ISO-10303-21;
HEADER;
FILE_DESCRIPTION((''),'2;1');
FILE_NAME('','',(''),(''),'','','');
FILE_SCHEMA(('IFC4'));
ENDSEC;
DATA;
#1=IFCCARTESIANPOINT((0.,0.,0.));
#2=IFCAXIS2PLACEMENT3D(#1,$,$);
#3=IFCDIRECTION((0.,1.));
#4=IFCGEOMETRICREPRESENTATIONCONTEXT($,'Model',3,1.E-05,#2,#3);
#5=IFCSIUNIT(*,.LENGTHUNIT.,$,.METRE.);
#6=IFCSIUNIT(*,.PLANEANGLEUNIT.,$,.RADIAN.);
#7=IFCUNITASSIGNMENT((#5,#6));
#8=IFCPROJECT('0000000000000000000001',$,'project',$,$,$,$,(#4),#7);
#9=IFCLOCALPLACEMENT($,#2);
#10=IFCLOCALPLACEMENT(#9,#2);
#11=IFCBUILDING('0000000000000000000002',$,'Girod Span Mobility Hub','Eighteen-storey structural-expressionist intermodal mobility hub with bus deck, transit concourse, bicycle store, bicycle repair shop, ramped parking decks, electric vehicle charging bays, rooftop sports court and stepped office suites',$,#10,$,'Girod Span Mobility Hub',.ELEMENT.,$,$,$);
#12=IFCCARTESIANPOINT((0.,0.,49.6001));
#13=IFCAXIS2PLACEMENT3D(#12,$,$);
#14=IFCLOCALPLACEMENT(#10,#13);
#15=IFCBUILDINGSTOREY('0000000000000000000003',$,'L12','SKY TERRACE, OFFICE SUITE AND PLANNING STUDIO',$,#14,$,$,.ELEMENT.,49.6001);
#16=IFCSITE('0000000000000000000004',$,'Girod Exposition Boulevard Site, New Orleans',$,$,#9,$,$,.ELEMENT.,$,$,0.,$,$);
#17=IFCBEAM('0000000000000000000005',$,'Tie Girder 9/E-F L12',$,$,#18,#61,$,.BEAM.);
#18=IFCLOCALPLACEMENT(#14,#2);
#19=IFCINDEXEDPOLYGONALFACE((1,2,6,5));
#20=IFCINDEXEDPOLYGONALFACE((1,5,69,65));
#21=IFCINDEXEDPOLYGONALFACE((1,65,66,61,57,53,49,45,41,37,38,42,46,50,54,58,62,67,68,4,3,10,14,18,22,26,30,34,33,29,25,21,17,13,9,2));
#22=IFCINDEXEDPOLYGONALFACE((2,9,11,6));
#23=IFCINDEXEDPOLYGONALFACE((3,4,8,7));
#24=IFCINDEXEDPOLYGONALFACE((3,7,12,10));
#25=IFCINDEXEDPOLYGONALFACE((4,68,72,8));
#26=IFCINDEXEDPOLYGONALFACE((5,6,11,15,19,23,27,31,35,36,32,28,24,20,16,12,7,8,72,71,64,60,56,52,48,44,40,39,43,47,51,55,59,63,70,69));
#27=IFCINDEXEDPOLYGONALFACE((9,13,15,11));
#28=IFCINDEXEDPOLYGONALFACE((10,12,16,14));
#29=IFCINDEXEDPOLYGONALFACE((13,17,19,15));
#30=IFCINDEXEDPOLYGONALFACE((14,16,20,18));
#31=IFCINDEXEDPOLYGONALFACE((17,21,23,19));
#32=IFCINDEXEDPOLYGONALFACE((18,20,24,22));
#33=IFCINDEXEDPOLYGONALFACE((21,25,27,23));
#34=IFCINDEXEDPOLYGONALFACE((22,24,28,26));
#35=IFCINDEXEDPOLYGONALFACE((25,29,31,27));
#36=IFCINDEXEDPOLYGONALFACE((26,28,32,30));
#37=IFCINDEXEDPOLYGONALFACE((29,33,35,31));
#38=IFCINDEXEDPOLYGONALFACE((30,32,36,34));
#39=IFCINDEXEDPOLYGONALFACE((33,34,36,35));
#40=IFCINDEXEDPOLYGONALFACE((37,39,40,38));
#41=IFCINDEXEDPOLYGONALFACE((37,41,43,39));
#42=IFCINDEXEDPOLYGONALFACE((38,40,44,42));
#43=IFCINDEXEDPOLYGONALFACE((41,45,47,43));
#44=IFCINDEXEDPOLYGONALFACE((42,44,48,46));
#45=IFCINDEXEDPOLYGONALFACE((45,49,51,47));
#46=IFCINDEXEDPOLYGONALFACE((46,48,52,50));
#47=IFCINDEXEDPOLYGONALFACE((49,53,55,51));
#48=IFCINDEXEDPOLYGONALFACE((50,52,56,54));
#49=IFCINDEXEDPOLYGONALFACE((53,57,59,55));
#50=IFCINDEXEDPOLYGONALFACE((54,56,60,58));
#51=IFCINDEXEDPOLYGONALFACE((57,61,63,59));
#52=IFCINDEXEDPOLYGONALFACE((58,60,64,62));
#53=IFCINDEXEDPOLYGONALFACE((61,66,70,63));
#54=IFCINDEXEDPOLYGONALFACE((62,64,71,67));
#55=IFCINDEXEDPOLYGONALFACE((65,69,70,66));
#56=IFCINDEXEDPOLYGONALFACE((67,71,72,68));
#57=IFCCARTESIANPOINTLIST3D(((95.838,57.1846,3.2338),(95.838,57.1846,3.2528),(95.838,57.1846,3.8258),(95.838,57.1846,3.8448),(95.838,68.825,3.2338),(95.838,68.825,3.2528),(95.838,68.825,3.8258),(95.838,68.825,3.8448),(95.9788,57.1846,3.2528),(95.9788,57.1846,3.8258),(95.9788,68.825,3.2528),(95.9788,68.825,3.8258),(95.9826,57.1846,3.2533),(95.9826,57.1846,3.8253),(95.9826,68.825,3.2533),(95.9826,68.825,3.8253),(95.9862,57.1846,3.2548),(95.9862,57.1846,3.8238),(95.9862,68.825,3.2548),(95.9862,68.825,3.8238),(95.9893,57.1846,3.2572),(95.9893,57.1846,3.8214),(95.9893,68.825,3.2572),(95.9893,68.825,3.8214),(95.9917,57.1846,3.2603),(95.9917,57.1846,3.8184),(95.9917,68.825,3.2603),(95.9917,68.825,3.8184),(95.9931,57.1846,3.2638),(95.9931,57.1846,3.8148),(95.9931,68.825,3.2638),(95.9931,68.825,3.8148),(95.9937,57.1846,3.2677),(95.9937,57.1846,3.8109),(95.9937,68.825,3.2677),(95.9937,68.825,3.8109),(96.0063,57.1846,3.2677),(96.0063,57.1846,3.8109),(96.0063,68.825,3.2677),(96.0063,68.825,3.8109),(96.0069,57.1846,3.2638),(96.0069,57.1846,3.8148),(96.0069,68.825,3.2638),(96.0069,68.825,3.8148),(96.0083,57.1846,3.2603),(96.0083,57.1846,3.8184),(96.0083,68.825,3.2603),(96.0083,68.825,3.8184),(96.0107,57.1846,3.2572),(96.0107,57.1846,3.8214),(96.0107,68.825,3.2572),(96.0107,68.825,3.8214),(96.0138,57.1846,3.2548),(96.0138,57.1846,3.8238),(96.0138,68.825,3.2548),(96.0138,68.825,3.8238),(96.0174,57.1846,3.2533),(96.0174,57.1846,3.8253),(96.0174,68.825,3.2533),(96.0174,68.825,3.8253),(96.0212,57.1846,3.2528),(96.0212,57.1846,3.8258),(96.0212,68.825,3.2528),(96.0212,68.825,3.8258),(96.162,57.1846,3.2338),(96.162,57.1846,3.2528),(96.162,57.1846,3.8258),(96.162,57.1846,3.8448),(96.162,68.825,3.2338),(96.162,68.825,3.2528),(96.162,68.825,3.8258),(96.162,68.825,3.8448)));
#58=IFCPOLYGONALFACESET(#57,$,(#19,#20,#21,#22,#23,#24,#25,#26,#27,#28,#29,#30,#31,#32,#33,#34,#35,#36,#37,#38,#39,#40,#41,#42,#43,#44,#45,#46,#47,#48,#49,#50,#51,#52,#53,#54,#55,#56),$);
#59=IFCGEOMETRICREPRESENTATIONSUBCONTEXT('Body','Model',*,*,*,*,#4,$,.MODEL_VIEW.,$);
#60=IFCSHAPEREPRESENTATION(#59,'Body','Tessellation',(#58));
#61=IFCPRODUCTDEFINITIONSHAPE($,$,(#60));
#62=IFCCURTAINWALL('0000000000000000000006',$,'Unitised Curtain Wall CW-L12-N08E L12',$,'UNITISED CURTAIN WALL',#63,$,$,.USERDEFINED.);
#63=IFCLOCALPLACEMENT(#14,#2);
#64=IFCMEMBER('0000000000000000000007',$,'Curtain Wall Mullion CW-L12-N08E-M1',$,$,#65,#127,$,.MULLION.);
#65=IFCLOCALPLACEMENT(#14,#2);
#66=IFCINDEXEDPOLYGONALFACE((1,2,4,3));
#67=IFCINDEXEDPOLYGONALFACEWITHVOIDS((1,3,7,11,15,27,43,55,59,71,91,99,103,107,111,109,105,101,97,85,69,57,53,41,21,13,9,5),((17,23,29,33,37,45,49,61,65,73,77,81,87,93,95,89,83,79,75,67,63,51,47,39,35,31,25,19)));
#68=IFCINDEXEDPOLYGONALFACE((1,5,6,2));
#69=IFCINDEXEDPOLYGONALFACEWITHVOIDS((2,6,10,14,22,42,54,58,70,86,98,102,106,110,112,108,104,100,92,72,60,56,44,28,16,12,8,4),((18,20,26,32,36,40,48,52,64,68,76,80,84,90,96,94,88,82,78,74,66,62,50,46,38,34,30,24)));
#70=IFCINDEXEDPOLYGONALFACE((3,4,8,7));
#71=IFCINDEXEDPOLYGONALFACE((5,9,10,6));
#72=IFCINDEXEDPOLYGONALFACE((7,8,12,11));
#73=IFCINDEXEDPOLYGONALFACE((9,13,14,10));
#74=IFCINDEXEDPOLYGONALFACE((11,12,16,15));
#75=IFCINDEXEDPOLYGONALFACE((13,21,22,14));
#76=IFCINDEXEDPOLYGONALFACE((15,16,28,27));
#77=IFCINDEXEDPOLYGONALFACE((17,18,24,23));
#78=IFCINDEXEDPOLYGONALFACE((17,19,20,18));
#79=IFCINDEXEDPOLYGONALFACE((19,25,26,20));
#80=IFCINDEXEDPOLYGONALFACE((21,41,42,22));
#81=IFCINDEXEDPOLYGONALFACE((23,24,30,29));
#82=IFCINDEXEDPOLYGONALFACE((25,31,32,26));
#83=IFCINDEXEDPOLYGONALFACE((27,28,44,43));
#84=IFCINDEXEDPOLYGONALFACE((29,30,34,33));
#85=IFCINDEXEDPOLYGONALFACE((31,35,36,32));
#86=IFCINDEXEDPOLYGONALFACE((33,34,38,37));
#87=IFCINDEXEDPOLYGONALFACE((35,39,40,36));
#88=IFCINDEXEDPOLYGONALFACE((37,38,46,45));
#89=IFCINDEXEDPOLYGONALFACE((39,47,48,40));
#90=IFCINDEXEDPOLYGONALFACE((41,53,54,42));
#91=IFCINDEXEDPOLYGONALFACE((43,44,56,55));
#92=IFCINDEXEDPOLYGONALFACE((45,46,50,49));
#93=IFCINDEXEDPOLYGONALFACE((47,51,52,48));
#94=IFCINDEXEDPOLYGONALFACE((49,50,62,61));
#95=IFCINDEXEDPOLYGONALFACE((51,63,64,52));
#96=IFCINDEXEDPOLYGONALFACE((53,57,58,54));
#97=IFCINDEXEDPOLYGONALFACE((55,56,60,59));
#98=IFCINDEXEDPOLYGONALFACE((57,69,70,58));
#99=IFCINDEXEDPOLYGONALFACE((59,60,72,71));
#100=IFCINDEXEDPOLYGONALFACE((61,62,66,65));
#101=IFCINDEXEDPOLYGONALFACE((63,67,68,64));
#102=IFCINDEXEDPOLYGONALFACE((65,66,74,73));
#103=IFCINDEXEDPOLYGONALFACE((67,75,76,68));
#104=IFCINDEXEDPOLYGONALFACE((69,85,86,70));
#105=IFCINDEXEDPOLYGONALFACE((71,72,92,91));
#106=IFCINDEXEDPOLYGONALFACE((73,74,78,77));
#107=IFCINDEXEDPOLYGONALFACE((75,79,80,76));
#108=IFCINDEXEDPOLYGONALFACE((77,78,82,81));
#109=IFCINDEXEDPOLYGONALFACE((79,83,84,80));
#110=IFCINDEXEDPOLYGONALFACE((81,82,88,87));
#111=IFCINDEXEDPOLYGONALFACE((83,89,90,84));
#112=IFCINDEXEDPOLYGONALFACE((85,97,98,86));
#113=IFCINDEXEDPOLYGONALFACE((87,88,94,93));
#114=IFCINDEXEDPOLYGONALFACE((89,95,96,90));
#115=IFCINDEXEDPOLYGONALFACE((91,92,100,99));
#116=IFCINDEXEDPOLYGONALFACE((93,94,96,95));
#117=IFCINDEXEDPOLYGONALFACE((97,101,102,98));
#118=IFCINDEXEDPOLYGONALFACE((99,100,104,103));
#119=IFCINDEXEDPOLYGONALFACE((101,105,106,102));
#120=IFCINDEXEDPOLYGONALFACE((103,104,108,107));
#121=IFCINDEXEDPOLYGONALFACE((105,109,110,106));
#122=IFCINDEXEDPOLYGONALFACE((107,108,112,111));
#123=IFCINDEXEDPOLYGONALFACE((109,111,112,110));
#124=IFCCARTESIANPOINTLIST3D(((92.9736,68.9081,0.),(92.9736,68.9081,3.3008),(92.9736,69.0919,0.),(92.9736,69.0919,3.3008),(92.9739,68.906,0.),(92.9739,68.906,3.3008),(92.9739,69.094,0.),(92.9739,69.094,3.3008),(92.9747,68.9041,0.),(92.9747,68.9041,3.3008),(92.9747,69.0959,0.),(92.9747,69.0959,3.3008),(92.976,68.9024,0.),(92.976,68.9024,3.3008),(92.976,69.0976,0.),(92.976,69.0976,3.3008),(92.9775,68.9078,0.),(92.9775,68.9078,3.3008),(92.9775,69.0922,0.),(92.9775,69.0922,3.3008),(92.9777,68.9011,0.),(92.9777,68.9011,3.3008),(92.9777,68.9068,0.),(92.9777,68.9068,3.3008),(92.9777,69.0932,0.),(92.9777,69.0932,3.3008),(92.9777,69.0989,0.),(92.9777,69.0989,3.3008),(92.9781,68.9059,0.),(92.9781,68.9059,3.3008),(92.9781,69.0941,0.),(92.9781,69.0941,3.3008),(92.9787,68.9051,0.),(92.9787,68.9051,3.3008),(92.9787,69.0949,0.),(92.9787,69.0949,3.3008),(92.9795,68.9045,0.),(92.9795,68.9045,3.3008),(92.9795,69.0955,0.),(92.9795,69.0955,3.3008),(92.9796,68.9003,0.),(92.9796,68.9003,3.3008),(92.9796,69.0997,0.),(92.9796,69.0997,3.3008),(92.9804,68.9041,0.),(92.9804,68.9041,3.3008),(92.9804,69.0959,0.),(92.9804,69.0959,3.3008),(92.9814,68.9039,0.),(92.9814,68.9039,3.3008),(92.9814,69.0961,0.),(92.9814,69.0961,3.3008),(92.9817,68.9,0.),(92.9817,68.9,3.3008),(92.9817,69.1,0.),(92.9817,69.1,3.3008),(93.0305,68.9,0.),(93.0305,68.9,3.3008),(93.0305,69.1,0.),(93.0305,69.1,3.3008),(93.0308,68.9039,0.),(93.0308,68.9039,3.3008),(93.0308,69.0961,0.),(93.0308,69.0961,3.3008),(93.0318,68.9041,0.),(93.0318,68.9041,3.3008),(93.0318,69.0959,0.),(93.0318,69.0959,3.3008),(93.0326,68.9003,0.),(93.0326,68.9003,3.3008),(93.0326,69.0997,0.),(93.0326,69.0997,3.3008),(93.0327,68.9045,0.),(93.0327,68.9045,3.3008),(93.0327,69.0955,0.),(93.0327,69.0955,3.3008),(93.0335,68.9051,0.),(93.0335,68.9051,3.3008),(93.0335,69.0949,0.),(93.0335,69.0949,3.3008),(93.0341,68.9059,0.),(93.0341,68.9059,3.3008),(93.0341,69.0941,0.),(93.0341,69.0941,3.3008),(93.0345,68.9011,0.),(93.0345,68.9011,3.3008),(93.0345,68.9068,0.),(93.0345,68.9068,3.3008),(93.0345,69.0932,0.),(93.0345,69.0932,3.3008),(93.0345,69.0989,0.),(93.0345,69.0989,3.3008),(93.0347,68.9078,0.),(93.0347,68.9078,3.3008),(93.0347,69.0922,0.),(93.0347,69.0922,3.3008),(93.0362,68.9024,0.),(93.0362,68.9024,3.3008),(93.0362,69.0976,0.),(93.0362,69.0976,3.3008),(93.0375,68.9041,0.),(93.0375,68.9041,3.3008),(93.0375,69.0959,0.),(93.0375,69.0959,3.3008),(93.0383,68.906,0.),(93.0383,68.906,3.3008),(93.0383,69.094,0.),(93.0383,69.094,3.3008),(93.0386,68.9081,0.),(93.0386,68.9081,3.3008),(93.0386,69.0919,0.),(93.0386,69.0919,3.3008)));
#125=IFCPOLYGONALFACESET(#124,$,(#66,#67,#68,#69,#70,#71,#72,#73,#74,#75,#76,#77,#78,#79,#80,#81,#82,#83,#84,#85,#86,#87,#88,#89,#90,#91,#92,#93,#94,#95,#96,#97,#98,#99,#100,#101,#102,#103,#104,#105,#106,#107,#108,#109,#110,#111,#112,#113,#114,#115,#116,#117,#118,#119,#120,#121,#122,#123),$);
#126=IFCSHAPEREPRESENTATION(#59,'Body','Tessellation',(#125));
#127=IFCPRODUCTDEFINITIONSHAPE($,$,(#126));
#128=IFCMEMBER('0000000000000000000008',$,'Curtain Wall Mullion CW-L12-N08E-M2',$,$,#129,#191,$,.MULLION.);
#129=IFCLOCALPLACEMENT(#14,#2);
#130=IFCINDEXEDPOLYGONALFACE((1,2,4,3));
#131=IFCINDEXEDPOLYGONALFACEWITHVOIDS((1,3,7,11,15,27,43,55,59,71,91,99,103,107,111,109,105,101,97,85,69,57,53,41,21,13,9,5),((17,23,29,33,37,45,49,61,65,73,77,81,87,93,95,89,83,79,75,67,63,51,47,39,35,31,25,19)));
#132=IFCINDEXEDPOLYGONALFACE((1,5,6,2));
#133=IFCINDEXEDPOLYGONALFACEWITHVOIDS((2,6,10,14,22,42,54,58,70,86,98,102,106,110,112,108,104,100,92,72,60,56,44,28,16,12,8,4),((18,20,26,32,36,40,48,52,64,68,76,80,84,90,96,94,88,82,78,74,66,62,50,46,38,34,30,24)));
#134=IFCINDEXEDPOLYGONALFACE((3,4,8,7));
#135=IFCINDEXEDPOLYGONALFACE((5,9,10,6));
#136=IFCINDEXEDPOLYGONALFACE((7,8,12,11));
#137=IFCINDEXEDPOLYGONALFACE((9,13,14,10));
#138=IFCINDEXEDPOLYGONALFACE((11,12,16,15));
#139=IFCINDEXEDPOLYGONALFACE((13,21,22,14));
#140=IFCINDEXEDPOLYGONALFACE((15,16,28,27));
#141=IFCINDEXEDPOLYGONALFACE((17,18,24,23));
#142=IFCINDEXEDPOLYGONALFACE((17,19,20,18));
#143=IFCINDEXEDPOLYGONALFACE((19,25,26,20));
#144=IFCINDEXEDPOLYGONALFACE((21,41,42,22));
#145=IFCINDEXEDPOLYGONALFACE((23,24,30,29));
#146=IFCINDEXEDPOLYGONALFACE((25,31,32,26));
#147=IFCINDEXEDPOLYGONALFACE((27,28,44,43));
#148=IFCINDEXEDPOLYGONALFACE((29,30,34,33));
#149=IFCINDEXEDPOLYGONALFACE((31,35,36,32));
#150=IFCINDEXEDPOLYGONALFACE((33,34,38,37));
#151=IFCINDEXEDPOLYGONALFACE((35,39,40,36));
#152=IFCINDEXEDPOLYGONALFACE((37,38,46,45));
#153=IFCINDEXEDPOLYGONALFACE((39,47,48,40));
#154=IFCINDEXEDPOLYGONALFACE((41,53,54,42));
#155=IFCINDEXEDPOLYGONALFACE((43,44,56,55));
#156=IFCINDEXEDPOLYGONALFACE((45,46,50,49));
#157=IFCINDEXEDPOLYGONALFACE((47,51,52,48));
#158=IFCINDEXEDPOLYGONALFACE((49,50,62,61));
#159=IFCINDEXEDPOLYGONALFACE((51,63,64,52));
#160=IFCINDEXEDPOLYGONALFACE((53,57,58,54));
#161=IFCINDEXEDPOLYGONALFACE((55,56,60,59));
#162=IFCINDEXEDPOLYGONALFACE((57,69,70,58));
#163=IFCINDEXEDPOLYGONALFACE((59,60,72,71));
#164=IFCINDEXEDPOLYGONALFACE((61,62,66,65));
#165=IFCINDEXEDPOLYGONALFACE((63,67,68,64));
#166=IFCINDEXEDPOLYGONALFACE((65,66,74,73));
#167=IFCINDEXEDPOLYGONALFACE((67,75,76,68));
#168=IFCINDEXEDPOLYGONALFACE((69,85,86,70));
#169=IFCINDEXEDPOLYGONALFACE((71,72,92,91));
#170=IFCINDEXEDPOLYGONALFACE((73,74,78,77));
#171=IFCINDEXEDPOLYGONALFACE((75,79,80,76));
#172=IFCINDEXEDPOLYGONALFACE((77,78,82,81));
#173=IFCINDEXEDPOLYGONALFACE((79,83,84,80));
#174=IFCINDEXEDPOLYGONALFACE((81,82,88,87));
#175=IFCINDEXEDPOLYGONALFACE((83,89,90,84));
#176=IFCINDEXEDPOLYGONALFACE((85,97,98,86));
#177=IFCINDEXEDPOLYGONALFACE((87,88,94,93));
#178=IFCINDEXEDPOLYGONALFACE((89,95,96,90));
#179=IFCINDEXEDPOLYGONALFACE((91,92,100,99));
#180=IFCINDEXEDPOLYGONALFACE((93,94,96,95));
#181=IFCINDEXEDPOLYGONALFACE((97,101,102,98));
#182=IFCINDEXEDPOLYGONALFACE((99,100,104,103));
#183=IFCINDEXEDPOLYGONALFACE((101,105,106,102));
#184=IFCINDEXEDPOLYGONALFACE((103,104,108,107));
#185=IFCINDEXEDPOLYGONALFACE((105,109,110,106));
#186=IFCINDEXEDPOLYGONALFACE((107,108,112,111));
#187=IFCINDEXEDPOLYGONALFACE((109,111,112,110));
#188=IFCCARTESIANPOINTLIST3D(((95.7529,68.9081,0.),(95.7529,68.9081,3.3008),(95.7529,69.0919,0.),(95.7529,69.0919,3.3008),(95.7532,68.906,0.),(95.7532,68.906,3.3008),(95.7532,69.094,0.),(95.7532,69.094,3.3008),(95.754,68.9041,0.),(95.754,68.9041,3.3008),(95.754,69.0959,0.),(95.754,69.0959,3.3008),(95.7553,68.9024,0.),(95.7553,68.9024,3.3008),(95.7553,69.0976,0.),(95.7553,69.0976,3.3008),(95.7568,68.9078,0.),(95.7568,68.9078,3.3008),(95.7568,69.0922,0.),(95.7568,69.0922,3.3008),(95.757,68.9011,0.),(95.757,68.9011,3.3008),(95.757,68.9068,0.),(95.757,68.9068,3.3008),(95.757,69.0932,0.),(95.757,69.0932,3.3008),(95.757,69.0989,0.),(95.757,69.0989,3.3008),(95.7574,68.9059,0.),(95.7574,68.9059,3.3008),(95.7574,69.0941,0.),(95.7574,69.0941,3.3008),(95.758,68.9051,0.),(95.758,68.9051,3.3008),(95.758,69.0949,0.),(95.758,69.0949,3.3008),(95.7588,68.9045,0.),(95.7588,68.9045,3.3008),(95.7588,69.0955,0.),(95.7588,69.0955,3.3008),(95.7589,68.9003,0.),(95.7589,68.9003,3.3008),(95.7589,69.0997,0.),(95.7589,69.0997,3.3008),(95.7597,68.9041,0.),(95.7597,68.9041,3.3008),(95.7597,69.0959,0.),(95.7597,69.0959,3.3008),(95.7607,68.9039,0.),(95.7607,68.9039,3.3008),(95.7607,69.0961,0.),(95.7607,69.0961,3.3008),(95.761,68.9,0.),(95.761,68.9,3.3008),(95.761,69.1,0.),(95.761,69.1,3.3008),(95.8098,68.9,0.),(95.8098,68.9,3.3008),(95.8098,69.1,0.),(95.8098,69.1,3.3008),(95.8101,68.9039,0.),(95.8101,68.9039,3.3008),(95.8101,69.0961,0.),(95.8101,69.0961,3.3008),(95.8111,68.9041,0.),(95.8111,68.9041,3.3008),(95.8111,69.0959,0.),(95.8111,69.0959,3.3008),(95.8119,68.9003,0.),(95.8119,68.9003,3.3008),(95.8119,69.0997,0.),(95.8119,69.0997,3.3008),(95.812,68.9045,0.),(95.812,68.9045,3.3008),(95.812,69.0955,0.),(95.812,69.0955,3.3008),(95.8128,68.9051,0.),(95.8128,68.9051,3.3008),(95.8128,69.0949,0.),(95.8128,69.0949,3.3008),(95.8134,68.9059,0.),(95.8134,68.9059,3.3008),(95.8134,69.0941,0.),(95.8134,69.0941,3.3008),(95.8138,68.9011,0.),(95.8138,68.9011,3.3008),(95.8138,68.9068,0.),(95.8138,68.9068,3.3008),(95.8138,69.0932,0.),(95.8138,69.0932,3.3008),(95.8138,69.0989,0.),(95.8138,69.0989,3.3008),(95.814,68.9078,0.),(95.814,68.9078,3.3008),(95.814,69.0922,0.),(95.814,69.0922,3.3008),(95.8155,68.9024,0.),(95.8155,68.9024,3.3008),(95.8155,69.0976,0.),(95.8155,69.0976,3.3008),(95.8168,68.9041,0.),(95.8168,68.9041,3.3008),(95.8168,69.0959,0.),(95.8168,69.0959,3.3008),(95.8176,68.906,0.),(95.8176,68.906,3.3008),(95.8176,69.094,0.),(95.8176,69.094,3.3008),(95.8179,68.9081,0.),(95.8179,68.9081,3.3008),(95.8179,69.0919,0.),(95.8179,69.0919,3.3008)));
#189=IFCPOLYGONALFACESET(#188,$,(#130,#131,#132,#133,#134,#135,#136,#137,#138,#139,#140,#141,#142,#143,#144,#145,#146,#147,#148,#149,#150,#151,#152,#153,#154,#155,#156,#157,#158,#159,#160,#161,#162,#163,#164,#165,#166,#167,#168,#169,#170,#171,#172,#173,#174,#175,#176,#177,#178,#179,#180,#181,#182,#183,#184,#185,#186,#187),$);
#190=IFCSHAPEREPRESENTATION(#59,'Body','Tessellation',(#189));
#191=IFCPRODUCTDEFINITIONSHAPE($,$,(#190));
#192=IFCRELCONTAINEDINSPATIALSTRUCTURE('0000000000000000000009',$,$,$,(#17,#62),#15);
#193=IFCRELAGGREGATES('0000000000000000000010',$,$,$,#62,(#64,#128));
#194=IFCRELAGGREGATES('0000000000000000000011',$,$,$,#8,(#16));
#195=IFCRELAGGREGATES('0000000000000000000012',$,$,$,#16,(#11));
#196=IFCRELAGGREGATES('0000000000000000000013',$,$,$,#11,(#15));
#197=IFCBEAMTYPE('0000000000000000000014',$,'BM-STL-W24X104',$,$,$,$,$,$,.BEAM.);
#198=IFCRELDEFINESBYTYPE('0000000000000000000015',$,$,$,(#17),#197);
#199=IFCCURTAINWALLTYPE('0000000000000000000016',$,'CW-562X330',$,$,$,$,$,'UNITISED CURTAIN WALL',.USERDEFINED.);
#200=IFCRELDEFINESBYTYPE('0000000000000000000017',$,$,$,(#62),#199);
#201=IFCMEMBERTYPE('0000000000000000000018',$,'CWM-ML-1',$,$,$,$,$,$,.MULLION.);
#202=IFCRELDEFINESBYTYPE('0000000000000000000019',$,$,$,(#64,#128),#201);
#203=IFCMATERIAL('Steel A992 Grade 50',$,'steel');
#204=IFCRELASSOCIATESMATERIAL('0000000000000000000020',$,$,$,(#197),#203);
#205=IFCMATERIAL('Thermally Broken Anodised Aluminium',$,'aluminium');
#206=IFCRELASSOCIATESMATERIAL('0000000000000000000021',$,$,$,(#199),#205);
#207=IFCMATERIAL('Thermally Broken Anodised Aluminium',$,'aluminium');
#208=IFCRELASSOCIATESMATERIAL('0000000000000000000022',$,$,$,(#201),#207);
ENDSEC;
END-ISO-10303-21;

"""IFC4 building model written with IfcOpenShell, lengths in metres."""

from ifc_helpers import new_model, si_unit, direction, frame, origin, origin_2d, place, context, subcontext, project, spatial, hollow_rectangle, i_section, extrude, material, material_profile, profile_set, type_object, element, aggregate, save


model = new_model("IFC4")

# Units and contexts
model_context = context("Model", 3, precision=1e-05, world=origin(), true_north=direction((0.0, 1.0)))
body_context = subcontext(model_context, "Body", "Model", "MODEL_VIEW")
ifc_project = project(units=[si_unit("LENGTHUNIT", "METRE"), si_unit("PLANEANGLEUNIT", "RADIAN")], contexts=[model_context])

# Site, building, storey
site_placement = place(None, origin())
site = spatial("IfcSite", under=ifc_project, at=site_placement, Name="Girod Exposition Boulevard Site, New Orleans", CompositionType="ELEMENT", RefElevation=0.0)
building_placement = place(site_placement, origin())
building = spatial("IfcBuilding", under=site, at=building_placement, Name="Girod Span Mobility Hub", Description="Eighteen-storey structural-expressionist intermodal mobility hub with bus deck, transit concourse, bicycle store, bicycle repair shop, ramped parking decks, electric vehicle charging bays, rooftop sports court and stepped office suites", LongName="Girod Span Mobility Hub", CompositionType="ELEMENT")
storey_placement = place(building_placement, frame((0.0, 0.0, 49.6001)))
storey = spatial("IfcBuildingStorey", under=building, at=storey_placement, Name="L12", Description="SKY TERRACE, OFFICE SUITE AND PLANNING STUDIO", CompositionType="ELEMENT", Elevation=49.6001)

# Beam
ifc_material_1 = material(Name="Steel A992 Grade 50", Category="steel")
ifc_material_profile_1 = material_profile(ifc_material_1, i_section(OverallWidth=0.324, OverallDepth=0.6111, WebThickness=0.0127, FlangeThickness=0.019, FilletRadius=0.0149, at=origin_2d()), Name="W24X104")
ifc_profile_set_1 = profile_set([ifc_material_profile_1], Name="Steel A992 Grade 50")
beam_type_1 = type_object("IfcBeamType", Name="BM-STL-W24X104", PredefinedType="BEAM", material=ifc_profile_set_1)
beam_placement = place(storey_placement, frame((96.0, 57.1846, 3.5393), z_axis=(0.0, 1.0, 0.0), x_axis=(-1.0, 0.0, 0.0)))
element("IfcBeam", 1, at=beam_placement, inside=storey, type_object=beam_type_1, Name="Tie Girder 9/E-F L12", PredefinedType="BEAM", context=body_context, shape_type="SweptSolid", body=[
    extrude(i_section(OverallWidth=0.324, OverallDepth=0.6111, WebThickness=0.0127, FlangeThickness=0.019, FilletRadius=0.0149, at=origin_2d()), origin(), (0.0, 0.0, 1.0), 11.6404),
])

# Curtain wall, members
ifc_material_2 = material(Name="Thermally Broken Anodised Aluminium", Category="aluminium")
curtain_wall_type = type_object("IfcCurtainWallType", Name="CW-562X330", ElementType="UNITISED CURTAIN WALL", PredefinedType="USERDEFINED", material=ifc_material_2)
curtain_wall_1_placement = place(storey_placement, origin())
curtain_wall_1 = element("IfcCurtainWall", 2, at=curtain_wall_1_placement, inside=storey, type_object=curtain_wall_type, Name="Unitised Curtain Wall CW-L12-N08E L12", ObjectType="UNITISED CURTAIN WALL", PredefinedType="USERDEFINED")
ifc_material_3 = material(Name="Thermally Broken Anodised Aluminium", Category="aluminium")
ifc_material_profile_2 = material_profile(ifc_material_3, hollow_rectangle(XDim=0.2, YDim=0.0649, WallThickness=0.0039, InnerFilletRadius=0.0039, OuterFilletRadius=0.0081, at=origin_2d()), Name="CW-ML-65X200")
ifc_profile_set_2 = profile_set([ifc_material_profile_2], Name="Thermally Broken Anodised Aluminium")
member_type_1 = type_object("IfcMemberType", Name="CWM-ML-1", PredefinedType="MULLION", material=ifc_profile_set_2)
member_1_placement = place(storey_placement, frame((93.0061, 69.0, 0.0), z_axis=(0.0, 0.0, 1.0), x_axis=(0.0, 1.0, 0.0)))
member_1 = element("IfcMember", 3, at=member_1_placement, type_object=member_type_1, Name="Curtain Wall Mullion CW-L12-N08E-M1", PredefinedType="MULLION", context=body_context, shape_type="SweptSolid", body=[
    extrude(hollow_rectangle(XDim=0.2, YDim=0.0649, WallThickness=0.0039, InnerFilletRadius=0.0039, OuterFilletRadius=0.0081, at=origin_2d()), origin(), (0.0, 0.0, 1.0), 3.3008),
])
member_2_placement = place(storey_placement, frame((95.7854, 69.0, 0.0), z_axis=(0.0, 0.0, 1.0), x_axis=(0.0, 1.0, 0.0)))
member_2 = element("IfcMember", 4, at=member_2_placement, type_object=member_type_1, Name="Curtain Wall Mullion CW-L12-N08E-M2", PredefinedType="MULLION", context=body_context, shape_type="SweptSolid", body=[
    extrude(hollow_rectangle(XDim=0.2, YDim=0.0649, WallThickness=0.0039, InnerFilletRadius=0.0039, OuterFilletRadius=0.0081, at=origin_2d()), origin(), (0.0, 0.0, 1.0), 3.3008),
])

aggregate(curtain_wall_1, [member_1, member_2])

save(model, "model.ifc")
